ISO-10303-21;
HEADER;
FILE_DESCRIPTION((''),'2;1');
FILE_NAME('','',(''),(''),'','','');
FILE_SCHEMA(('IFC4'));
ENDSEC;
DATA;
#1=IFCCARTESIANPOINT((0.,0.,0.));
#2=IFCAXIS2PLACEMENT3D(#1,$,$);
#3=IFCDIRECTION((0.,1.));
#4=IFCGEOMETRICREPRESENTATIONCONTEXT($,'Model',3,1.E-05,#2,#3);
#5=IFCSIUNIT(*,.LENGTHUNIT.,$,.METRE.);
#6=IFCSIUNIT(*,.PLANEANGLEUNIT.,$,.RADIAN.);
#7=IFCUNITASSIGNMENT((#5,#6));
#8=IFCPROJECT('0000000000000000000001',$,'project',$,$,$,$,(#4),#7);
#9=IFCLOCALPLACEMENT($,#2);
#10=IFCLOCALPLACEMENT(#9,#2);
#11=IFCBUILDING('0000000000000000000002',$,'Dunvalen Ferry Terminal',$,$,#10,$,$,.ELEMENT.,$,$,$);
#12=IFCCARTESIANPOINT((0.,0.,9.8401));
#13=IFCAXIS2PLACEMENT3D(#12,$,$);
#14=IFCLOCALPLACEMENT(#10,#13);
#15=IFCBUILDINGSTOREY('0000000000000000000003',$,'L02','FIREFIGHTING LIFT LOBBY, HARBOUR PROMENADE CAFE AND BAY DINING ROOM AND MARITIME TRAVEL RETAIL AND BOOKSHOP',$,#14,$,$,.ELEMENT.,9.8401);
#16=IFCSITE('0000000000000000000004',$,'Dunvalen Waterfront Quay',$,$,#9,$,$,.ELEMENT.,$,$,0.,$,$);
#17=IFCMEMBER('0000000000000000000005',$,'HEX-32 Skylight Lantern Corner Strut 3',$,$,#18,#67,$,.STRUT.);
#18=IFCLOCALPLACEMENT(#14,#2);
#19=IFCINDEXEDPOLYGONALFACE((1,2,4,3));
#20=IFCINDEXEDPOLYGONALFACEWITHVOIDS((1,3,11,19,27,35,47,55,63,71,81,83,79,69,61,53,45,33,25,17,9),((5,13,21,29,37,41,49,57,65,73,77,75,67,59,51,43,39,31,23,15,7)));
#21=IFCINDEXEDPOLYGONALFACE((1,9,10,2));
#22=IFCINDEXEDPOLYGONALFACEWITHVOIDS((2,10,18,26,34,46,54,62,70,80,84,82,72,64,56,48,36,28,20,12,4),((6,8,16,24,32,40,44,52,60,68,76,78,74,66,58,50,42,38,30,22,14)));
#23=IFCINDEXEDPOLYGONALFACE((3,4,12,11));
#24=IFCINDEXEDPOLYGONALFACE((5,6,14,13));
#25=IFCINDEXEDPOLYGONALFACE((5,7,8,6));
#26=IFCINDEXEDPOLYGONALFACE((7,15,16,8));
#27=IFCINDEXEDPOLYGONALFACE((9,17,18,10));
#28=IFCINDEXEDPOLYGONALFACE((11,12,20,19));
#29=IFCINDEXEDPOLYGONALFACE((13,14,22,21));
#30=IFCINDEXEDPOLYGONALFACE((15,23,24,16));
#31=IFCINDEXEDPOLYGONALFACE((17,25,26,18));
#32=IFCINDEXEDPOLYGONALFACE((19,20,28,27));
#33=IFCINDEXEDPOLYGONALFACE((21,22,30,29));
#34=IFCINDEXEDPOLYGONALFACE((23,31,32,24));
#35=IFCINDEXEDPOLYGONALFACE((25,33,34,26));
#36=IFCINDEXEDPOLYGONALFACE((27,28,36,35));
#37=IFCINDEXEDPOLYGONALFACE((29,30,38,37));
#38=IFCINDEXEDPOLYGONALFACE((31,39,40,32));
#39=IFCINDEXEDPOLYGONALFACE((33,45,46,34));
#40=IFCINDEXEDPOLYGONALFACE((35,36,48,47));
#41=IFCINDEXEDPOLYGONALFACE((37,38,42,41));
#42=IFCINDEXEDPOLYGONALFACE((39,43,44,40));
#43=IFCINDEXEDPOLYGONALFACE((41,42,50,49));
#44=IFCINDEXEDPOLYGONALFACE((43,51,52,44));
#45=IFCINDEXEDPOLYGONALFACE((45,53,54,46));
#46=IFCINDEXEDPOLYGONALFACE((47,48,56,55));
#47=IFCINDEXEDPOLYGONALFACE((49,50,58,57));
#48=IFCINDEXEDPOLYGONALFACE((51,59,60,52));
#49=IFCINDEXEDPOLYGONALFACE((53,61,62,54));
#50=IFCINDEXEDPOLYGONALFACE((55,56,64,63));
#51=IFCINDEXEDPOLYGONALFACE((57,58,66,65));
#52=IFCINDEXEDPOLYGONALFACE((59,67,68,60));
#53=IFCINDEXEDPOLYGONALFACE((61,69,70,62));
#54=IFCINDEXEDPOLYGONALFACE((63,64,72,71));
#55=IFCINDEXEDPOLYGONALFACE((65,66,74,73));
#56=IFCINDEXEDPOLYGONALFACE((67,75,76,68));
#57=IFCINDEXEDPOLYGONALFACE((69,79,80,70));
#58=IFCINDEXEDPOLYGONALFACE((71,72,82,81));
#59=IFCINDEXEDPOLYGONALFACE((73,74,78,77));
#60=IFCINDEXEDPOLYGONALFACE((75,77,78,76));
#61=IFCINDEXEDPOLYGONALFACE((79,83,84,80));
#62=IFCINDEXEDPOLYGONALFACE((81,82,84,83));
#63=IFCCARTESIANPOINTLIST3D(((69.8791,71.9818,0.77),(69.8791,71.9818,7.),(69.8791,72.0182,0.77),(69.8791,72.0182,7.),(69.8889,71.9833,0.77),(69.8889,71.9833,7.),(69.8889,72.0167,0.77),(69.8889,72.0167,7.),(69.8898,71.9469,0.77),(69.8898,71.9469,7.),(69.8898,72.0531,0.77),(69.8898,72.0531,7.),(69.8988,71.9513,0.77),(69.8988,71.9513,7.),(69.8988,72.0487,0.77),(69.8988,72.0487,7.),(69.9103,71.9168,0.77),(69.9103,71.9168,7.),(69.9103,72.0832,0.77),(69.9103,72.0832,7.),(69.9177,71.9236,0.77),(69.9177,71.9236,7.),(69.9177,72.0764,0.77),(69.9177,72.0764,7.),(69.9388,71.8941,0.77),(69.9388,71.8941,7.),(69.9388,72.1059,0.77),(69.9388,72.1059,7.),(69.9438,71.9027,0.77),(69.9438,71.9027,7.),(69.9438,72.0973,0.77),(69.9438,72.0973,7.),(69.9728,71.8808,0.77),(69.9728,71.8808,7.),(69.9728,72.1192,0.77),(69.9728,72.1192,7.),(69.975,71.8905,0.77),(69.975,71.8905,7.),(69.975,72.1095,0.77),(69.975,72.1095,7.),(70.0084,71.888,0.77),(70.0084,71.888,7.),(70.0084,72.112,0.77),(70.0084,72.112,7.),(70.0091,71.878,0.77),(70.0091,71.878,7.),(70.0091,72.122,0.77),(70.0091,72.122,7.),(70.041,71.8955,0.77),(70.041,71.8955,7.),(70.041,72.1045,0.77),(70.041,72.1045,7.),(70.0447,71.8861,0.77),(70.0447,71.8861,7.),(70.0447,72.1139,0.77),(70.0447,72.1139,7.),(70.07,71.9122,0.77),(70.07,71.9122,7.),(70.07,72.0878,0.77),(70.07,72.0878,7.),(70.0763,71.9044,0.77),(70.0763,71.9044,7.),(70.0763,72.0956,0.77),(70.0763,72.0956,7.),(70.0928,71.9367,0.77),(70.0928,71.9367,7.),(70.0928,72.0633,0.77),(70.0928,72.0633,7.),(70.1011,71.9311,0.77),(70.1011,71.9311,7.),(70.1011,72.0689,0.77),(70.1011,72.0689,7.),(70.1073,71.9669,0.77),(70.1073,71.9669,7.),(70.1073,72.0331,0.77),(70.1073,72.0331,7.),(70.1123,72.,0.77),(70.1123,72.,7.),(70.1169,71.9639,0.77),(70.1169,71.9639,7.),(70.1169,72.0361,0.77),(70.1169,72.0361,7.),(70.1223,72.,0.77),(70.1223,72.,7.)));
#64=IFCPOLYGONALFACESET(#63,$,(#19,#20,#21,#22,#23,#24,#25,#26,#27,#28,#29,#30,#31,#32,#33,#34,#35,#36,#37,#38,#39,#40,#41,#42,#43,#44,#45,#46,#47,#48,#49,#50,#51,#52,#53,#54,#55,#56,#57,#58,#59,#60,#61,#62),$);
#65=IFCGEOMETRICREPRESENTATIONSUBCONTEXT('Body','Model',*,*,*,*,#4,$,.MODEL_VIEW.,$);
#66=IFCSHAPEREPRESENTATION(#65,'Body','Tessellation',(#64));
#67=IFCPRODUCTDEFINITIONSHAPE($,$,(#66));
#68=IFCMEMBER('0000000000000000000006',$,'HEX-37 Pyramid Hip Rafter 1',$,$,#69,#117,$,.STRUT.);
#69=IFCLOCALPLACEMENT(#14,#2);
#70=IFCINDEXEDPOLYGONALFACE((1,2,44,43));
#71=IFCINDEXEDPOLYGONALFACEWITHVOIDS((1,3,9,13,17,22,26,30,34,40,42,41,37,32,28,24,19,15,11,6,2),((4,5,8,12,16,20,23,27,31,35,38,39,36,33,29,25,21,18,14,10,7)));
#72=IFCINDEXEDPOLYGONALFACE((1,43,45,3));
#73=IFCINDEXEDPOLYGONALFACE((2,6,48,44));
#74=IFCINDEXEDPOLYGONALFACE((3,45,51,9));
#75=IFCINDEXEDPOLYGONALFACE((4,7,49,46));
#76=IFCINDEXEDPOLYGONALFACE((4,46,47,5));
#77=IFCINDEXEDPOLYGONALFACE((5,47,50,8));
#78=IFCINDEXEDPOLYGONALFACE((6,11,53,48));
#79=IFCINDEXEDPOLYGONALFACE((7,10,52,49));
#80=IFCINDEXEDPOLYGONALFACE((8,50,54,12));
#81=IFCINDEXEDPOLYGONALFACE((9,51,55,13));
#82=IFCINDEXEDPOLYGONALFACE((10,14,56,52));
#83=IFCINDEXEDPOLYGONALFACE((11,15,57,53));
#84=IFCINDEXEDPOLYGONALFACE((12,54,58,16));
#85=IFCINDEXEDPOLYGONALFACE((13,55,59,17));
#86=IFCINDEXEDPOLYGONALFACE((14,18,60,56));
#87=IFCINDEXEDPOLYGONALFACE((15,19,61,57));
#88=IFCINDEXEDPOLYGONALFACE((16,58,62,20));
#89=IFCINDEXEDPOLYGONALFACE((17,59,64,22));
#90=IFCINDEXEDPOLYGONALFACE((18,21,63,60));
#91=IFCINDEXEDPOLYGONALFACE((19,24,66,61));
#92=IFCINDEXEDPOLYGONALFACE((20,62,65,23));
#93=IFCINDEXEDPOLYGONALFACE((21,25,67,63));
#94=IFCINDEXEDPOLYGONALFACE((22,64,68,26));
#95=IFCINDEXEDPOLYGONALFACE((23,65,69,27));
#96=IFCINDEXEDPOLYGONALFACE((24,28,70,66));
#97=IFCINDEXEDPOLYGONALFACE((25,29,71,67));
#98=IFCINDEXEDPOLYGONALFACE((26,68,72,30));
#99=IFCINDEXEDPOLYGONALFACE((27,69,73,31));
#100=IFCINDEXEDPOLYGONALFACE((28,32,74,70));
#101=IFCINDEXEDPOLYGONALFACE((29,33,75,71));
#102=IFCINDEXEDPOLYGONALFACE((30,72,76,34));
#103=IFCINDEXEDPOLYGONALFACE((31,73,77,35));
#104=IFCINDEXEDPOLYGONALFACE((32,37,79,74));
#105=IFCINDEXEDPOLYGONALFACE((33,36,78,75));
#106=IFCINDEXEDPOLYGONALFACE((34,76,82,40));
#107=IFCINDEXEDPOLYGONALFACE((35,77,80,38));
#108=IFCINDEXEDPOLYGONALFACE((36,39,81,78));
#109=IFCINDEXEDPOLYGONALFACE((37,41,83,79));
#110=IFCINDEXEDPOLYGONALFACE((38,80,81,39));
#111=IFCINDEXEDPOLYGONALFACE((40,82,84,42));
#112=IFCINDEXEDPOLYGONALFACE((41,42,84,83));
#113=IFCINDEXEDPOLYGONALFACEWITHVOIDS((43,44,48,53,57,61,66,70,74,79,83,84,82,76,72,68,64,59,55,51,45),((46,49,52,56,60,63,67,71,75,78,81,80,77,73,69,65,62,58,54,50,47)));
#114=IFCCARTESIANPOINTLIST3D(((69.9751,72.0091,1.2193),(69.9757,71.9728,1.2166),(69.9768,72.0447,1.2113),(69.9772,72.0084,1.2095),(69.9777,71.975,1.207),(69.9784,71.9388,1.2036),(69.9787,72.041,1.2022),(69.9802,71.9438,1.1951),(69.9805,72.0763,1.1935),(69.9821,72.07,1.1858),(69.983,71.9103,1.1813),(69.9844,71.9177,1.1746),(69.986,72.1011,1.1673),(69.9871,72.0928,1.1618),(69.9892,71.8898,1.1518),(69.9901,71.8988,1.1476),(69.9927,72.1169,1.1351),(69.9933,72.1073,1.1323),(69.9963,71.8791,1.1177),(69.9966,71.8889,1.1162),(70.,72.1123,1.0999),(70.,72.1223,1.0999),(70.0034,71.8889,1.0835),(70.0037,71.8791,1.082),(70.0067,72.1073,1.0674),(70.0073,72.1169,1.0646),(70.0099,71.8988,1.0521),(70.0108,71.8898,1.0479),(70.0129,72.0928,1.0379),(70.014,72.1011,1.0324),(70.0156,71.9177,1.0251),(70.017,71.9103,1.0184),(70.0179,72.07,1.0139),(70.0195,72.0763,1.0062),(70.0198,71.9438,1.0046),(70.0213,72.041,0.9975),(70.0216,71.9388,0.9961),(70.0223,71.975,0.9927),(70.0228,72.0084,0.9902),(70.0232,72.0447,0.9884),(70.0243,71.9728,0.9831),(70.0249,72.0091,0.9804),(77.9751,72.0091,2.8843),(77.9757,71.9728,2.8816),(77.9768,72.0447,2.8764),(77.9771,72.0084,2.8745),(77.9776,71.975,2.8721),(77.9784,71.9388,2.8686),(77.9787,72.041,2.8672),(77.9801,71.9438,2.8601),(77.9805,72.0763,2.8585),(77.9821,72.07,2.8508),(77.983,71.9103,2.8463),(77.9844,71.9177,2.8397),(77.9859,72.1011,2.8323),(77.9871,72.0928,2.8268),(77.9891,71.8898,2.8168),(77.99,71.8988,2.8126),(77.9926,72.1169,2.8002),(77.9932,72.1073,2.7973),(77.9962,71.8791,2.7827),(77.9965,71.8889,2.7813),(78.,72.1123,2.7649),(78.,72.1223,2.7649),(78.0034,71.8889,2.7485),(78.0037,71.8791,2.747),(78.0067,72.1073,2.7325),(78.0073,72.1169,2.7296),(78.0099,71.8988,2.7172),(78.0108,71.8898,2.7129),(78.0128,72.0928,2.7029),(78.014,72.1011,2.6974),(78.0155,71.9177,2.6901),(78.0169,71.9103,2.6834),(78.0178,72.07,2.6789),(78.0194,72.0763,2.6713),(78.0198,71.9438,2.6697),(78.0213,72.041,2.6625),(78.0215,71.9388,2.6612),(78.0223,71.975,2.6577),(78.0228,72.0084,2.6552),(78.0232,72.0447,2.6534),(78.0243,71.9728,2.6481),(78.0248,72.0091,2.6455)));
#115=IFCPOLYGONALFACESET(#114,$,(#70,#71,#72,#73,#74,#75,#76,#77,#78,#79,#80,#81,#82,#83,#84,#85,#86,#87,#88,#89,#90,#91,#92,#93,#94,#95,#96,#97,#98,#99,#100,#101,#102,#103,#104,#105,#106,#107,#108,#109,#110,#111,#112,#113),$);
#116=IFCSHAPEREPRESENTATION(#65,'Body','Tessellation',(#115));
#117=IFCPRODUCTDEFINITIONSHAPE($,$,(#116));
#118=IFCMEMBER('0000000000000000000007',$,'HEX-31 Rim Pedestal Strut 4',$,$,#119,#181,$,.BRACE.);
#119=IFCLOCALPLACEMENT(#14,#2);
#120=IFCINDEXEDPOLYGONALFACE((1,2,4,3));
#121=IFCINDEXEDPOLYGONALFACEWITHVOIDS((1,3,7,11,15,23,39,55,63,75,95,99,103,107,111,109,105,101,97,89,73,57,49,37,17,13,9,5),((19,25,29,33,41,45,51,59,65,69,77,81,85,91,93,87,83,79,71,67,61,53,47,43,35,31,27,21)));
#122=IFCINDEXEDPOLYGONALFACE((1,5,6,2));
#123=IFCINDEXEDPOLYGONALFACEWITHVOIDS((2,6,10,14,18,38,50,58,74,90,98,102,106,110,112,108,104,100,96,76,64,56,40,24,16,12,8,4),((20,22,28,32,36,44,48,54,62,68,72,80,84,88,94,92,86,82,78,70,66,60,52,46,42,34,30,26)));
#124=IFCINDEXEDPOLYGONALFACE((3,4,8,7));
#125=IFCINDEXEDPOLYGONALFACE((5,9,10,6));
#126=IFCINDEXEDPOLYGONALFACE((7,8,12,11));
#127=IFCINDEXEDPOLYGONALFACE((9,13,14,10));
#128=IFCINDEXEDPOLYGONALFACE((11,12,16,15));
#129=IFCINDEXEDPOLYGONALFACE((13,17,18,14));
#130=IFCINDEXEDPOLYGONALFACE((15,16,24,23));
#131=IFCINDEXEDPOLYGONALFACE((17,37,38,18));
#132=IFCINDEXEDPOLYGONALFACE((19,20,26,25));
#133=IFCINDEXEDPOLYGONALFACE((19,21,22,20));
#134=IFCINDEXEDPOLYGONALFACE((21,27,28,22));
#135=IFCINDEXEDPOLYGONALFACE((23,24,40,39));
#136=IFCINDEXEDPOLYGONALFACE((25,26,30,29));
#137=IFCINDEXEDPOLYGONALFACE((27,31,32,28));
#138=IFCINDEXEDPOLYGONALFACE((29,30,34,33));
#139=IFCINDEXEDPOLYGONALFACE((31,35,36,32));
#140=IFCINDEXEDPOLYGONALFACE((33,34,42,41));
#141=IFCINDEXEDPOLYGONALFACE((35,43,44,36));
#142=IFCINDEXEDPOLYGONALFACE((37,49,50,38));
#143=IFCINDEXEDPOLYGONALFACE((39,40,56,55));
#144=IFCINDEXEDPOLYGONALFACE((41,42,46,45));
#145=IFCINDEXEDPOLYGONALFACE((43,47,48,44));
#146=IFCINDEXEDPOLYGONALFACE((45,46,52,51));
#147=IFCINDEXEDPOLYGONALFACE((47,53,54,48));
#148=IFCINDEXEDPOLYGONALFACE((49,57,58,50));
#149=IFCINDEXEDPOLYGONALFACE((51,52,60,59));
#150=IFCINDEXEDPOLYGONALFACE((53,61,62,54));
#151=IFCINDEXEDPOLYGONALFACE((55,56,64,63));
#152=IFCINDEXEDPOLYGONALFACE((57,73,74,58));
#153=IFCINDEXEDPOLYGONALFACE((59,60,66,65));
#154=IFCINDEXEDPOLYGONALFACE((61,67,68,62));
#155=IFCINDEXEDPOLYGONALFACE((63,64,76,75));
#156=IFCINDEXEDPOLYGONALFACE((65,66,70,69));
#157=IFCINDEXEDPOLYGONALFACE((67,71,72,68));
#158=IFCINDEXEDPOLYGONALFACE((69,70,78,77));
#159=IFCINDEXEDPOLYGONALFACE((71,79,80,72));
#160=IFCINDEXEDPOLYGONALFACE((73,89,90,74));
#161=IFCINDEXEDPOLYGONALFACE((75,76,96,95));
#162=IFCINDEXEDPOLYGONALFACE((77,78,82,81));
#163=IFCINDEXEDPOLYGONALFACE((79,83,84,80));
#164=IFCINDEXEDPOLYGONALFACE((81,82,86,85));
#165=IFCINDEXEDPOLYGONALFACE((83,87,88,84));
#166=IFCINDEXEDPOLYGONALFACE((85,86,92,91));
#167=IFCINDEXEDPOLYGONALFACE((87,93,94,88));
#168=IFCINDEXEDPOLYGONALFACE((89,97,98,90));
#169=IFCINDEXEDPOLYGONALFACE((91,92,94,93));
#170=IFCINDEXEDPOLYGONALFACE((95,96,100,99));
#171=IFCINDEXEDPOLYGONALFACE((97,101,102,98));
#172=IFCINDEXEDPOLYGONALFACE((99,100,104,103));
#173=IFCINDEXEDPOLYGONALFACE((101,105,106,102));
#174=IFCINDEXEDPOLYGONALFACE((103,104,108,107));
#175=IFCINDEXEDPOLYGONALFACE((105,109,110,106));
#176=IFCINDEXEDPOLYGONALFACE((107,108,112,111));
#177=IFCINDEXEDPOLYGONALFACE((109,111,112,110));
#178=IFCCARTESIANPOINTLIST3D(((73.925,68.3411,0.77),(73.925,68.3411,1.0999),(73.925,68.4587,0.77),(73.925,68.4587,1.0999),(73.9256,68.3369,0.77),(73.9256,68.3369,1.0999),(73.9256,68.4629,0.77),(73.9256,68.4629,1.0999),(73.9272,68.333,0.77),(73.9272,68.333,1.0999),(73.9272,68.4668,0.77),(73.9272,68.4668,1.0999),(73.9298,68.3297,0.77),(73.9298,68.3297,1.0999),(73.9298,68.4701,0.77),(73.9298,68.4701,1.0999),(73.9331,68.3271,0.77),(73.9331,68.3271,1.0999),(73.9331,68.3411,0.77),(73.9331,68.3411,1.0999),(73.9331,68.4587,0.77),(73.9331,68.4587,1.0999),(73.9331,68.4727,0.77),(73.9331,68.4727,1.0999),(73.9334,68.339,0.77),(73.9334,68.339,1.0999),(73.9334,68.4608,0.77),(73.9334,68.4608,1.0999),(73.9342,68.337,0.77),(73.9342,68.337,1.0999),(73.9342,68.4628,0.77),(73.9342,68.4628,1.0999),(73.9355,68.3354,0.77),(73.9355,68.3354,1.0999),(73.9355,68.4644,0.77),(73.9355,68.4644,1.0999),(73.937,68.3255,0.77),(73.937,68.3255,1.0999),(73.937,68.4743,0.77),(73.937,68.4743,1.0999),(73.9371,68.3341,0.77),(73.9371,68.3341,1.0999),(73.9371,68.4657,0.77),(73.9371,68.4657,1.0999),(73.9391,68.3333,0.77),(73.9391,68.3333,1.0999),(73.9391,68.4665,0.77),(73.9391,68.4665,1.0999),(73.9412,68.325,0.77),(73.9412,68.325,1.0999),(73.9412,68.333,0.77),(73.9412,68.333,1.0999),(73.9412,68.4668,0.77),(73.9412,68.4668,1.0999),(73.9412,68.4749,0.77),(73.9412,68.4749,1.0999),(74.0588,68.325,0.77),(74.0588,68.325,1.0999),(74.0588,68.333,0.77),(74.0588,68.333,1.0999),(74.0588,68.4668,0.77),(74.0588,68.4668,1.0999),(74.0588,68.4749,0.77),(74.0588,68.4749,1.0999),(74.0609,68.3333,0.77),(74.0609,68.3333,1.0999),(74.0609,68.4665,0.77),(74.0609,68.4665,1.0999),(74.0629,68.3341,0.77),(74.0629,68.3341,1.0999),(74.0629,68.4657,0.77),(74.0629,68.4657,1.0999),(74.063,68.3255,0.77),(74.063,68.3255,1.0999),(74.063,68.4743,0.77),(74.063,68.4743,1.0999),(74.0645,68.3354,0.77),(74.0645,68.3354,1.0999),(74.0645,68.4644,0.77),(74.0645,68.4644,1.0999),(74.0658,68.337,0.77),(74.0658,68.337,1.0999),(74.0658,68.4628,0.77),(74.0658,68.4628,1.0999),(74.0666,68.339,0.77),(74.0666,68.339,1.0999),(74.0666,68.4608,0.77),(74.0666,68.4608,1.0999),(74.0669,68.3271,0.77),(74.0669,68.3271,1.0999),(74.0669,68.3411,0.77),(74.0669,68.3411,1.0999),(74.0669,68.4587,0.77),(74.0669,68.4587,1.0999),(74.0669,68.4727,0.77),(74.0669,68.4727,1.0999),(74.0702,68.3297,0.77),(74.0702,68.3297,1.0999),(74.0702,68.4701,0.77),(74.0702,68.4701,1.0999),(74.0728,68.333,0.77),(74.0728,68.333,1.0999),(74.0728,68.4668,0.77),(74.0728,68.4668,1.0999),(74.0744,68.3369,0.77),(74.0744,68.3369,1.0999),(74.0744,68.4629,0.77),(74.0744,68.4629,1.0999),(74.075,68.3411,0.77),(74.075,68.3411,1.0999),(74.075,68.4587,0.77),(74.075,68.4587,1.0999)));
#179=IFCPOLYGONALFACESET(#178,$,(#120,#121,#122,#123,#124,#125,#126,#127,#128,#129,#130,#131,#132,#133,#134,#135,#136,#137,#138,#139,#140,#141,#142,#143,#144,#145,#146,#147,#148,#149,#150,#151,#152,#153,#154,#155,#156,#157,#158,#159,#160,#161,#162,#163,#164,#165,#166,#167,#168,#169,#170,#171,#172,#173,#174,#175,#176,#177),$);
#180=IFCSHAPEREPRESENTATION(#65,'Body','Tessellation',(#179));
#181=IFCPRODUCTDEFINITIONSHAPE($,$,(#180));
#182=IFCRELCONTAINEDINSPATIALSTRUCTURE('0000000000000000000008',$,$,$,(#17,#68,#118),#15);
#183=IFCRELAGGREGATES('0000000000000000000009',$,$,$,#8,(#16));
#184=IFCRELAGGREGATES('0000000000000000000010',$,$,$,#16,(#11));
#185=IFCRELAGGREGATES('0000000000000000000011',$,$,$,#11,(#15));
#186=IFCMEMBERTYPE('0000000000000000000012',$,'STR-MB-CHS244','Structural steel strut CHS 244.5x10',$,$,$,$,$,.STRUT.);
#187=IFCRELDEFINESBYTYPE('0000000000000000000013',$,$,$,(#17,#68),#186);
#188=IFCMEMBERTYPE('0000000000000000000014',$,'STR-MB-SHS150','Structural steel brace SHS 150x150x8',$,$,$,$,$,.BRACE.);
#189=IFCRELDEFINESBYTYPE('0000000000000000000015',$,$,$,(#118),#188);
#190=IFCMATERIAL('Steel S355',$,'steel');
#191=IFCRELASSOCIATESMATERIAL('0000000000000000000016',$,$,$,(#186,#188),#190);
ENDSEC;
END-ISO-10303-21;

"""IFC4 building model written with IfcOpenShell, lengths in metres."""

from ifc_helpers import new_model, si_unit, direction, frame, origin, origin_2d, place, context, subcontext, project, spatial, hollow_rectangle, hollow_circle, extrude, material, material_profile, profile_set, type_object, element, save


model = new_model("IFC4")

# Units and contexts
model_context = context("Model", 3, precision=1e-05, world=origin(), true_north=direction((0.0, 1.0)))
body_context = subcontext(model_context, "Body", "Model", "MODEL_VIEW")
ifc_project = project(units=[si_unit("LENGTHUNIT", "METRE"), si_unit("PLANEANGLEUNIT", "RADIAN")], contexts=[model_context])

# Site, building, storey
site_placement = place(None, origin())
site = spatial("IfcSite", under=ifc_project, at=site_placement, Name="Dunvalen Waterfront Quay", CompositionType="ELEMENT", RefElevation=0.0)
building_placement = place(site_placement, origin())
building = spatial("IfcBuilding", under=site, at=building_placement, Name="Dunvalen Ferry Terminal", CompositionType="ELEMENT")
storey_placement = place(building_placement, frame((0.0, 0.0, 9.8401)))
storey = spatial("IfcBuildingStorey", under=building, at=storey_placement, Name="L02", Description="FIREFIGHTING LIFT LOBBY, HARBOUR PROMENADE CAFE AND BAY DINING ROOM AND MARITIME TRAVEL RETAIL AND BOOKSHOP", CompositionType="ELEMENT", Elevation=9.8401)

# Shared definitions
ifc_material_1 = material(Name="Steel S355", Category="steel")

# Members
ifc_material_profile_1 = material_profile(ifc_material_1, hollow_circle(Radius=0.1223, WallThickness=0.01, at=origin_2d()), Name="Steel S355")
ifc_profile_set_1 = profile_set([ifc_material_profile_1], Name="Steel S355")
member_type_1 = type_object("IfcMemberType", Name="STR-MB-CHS244", Description="Structural steel strut CHS 244.5x10", PredefinedType="STRUT", material=ifc_profile_set_1)
member_1_placement = place(storey_placement, frame((70.0, 72.0, 0.77), z_axis=(0.0, 0.0, 1.0), x_axis=(1.0, 0.0, 0.0)))
element("IfcMember", 1, at=member_1_placement, inside=storey, type_object=member_type_1, Name="HEX-32 Skylight Lantern Corner Strut 3", PredefinedType="STRUT", context=body_context, shape_type="SweptSolid", body=[
    extrude(hollow_circle(Radius=0.1223, WallThickness=0.01, at=origin_2d()), origin(), (0.0, 0.0, 1.0), 6.23),
])
member_2_placement = place(storey_placement, frame((70.0, 72.0, 1.0999), z_axis=(0.97902, 0.0, 0.203763), x_axis=(0.0, 1.0, 0.0)))
element("IfcMember", 2, at=member_2_placement, inside=storey, type_object=member_type_1, Name="HEX-37 Pyramid Hip Rafter 1", PredefinedType="STRUT", context=body_context, shape_type="SweptSolid", body=[
    extrude(hollow_circle(Radius=0.1223, WallThickness=0.01, at=origin_2d()), origin(), (0.0, 0.0, 1.0), 8.1714),
])
ifc_material_profile_2 = material_profile(ifc_material_1, hollow_rectangle(XDim=0.1499, YDim=0.1499, WallThickness=0.0081, InnerFilletRadius=0.0081, OuterFilletRadius=0.0161, at=origin_2d()), Name="Steel S355")
ifc_profile_set_2 = profile_set([ifc_material_profile_2], Name="Steel S355")
member_type_2 = type_object("IfcMemberType", Name="STR-MB-SHS150", Description="Structural steel brace SHS 150x150x8", PredefinedType="BRACE", material=ifc_profile_set_2)
for number, where, z_axis, x_axis, name in (
    (3, (74.0, 68.3999, 0.77), (0.0, 0.0, 1.0), (1.0, 0.0, 0.0), "HEX-31 Rim Pedestal Strut 4"),
):
    element("IfcMember", number, at=place(storey_placement, frame(where, z_axis=z_axis, x_axis=x_axis)), inside=storey, type_object=member_type_2, Name=name, PredefinedType="BRACE", context=body_context, shape_type="SweptSolid", body=[
        extrude(hollow_rectangle(XDim=0.1499, YDim=0.1499, WallThickness=0.0081, InnerFilletRadius=0.0081, OuterFilletRadius=0.0161, at=origin_2d()), origin(), (0.0, 0.0, 1.0), 0.3298),
    ])

save(model, "model.ifc")
